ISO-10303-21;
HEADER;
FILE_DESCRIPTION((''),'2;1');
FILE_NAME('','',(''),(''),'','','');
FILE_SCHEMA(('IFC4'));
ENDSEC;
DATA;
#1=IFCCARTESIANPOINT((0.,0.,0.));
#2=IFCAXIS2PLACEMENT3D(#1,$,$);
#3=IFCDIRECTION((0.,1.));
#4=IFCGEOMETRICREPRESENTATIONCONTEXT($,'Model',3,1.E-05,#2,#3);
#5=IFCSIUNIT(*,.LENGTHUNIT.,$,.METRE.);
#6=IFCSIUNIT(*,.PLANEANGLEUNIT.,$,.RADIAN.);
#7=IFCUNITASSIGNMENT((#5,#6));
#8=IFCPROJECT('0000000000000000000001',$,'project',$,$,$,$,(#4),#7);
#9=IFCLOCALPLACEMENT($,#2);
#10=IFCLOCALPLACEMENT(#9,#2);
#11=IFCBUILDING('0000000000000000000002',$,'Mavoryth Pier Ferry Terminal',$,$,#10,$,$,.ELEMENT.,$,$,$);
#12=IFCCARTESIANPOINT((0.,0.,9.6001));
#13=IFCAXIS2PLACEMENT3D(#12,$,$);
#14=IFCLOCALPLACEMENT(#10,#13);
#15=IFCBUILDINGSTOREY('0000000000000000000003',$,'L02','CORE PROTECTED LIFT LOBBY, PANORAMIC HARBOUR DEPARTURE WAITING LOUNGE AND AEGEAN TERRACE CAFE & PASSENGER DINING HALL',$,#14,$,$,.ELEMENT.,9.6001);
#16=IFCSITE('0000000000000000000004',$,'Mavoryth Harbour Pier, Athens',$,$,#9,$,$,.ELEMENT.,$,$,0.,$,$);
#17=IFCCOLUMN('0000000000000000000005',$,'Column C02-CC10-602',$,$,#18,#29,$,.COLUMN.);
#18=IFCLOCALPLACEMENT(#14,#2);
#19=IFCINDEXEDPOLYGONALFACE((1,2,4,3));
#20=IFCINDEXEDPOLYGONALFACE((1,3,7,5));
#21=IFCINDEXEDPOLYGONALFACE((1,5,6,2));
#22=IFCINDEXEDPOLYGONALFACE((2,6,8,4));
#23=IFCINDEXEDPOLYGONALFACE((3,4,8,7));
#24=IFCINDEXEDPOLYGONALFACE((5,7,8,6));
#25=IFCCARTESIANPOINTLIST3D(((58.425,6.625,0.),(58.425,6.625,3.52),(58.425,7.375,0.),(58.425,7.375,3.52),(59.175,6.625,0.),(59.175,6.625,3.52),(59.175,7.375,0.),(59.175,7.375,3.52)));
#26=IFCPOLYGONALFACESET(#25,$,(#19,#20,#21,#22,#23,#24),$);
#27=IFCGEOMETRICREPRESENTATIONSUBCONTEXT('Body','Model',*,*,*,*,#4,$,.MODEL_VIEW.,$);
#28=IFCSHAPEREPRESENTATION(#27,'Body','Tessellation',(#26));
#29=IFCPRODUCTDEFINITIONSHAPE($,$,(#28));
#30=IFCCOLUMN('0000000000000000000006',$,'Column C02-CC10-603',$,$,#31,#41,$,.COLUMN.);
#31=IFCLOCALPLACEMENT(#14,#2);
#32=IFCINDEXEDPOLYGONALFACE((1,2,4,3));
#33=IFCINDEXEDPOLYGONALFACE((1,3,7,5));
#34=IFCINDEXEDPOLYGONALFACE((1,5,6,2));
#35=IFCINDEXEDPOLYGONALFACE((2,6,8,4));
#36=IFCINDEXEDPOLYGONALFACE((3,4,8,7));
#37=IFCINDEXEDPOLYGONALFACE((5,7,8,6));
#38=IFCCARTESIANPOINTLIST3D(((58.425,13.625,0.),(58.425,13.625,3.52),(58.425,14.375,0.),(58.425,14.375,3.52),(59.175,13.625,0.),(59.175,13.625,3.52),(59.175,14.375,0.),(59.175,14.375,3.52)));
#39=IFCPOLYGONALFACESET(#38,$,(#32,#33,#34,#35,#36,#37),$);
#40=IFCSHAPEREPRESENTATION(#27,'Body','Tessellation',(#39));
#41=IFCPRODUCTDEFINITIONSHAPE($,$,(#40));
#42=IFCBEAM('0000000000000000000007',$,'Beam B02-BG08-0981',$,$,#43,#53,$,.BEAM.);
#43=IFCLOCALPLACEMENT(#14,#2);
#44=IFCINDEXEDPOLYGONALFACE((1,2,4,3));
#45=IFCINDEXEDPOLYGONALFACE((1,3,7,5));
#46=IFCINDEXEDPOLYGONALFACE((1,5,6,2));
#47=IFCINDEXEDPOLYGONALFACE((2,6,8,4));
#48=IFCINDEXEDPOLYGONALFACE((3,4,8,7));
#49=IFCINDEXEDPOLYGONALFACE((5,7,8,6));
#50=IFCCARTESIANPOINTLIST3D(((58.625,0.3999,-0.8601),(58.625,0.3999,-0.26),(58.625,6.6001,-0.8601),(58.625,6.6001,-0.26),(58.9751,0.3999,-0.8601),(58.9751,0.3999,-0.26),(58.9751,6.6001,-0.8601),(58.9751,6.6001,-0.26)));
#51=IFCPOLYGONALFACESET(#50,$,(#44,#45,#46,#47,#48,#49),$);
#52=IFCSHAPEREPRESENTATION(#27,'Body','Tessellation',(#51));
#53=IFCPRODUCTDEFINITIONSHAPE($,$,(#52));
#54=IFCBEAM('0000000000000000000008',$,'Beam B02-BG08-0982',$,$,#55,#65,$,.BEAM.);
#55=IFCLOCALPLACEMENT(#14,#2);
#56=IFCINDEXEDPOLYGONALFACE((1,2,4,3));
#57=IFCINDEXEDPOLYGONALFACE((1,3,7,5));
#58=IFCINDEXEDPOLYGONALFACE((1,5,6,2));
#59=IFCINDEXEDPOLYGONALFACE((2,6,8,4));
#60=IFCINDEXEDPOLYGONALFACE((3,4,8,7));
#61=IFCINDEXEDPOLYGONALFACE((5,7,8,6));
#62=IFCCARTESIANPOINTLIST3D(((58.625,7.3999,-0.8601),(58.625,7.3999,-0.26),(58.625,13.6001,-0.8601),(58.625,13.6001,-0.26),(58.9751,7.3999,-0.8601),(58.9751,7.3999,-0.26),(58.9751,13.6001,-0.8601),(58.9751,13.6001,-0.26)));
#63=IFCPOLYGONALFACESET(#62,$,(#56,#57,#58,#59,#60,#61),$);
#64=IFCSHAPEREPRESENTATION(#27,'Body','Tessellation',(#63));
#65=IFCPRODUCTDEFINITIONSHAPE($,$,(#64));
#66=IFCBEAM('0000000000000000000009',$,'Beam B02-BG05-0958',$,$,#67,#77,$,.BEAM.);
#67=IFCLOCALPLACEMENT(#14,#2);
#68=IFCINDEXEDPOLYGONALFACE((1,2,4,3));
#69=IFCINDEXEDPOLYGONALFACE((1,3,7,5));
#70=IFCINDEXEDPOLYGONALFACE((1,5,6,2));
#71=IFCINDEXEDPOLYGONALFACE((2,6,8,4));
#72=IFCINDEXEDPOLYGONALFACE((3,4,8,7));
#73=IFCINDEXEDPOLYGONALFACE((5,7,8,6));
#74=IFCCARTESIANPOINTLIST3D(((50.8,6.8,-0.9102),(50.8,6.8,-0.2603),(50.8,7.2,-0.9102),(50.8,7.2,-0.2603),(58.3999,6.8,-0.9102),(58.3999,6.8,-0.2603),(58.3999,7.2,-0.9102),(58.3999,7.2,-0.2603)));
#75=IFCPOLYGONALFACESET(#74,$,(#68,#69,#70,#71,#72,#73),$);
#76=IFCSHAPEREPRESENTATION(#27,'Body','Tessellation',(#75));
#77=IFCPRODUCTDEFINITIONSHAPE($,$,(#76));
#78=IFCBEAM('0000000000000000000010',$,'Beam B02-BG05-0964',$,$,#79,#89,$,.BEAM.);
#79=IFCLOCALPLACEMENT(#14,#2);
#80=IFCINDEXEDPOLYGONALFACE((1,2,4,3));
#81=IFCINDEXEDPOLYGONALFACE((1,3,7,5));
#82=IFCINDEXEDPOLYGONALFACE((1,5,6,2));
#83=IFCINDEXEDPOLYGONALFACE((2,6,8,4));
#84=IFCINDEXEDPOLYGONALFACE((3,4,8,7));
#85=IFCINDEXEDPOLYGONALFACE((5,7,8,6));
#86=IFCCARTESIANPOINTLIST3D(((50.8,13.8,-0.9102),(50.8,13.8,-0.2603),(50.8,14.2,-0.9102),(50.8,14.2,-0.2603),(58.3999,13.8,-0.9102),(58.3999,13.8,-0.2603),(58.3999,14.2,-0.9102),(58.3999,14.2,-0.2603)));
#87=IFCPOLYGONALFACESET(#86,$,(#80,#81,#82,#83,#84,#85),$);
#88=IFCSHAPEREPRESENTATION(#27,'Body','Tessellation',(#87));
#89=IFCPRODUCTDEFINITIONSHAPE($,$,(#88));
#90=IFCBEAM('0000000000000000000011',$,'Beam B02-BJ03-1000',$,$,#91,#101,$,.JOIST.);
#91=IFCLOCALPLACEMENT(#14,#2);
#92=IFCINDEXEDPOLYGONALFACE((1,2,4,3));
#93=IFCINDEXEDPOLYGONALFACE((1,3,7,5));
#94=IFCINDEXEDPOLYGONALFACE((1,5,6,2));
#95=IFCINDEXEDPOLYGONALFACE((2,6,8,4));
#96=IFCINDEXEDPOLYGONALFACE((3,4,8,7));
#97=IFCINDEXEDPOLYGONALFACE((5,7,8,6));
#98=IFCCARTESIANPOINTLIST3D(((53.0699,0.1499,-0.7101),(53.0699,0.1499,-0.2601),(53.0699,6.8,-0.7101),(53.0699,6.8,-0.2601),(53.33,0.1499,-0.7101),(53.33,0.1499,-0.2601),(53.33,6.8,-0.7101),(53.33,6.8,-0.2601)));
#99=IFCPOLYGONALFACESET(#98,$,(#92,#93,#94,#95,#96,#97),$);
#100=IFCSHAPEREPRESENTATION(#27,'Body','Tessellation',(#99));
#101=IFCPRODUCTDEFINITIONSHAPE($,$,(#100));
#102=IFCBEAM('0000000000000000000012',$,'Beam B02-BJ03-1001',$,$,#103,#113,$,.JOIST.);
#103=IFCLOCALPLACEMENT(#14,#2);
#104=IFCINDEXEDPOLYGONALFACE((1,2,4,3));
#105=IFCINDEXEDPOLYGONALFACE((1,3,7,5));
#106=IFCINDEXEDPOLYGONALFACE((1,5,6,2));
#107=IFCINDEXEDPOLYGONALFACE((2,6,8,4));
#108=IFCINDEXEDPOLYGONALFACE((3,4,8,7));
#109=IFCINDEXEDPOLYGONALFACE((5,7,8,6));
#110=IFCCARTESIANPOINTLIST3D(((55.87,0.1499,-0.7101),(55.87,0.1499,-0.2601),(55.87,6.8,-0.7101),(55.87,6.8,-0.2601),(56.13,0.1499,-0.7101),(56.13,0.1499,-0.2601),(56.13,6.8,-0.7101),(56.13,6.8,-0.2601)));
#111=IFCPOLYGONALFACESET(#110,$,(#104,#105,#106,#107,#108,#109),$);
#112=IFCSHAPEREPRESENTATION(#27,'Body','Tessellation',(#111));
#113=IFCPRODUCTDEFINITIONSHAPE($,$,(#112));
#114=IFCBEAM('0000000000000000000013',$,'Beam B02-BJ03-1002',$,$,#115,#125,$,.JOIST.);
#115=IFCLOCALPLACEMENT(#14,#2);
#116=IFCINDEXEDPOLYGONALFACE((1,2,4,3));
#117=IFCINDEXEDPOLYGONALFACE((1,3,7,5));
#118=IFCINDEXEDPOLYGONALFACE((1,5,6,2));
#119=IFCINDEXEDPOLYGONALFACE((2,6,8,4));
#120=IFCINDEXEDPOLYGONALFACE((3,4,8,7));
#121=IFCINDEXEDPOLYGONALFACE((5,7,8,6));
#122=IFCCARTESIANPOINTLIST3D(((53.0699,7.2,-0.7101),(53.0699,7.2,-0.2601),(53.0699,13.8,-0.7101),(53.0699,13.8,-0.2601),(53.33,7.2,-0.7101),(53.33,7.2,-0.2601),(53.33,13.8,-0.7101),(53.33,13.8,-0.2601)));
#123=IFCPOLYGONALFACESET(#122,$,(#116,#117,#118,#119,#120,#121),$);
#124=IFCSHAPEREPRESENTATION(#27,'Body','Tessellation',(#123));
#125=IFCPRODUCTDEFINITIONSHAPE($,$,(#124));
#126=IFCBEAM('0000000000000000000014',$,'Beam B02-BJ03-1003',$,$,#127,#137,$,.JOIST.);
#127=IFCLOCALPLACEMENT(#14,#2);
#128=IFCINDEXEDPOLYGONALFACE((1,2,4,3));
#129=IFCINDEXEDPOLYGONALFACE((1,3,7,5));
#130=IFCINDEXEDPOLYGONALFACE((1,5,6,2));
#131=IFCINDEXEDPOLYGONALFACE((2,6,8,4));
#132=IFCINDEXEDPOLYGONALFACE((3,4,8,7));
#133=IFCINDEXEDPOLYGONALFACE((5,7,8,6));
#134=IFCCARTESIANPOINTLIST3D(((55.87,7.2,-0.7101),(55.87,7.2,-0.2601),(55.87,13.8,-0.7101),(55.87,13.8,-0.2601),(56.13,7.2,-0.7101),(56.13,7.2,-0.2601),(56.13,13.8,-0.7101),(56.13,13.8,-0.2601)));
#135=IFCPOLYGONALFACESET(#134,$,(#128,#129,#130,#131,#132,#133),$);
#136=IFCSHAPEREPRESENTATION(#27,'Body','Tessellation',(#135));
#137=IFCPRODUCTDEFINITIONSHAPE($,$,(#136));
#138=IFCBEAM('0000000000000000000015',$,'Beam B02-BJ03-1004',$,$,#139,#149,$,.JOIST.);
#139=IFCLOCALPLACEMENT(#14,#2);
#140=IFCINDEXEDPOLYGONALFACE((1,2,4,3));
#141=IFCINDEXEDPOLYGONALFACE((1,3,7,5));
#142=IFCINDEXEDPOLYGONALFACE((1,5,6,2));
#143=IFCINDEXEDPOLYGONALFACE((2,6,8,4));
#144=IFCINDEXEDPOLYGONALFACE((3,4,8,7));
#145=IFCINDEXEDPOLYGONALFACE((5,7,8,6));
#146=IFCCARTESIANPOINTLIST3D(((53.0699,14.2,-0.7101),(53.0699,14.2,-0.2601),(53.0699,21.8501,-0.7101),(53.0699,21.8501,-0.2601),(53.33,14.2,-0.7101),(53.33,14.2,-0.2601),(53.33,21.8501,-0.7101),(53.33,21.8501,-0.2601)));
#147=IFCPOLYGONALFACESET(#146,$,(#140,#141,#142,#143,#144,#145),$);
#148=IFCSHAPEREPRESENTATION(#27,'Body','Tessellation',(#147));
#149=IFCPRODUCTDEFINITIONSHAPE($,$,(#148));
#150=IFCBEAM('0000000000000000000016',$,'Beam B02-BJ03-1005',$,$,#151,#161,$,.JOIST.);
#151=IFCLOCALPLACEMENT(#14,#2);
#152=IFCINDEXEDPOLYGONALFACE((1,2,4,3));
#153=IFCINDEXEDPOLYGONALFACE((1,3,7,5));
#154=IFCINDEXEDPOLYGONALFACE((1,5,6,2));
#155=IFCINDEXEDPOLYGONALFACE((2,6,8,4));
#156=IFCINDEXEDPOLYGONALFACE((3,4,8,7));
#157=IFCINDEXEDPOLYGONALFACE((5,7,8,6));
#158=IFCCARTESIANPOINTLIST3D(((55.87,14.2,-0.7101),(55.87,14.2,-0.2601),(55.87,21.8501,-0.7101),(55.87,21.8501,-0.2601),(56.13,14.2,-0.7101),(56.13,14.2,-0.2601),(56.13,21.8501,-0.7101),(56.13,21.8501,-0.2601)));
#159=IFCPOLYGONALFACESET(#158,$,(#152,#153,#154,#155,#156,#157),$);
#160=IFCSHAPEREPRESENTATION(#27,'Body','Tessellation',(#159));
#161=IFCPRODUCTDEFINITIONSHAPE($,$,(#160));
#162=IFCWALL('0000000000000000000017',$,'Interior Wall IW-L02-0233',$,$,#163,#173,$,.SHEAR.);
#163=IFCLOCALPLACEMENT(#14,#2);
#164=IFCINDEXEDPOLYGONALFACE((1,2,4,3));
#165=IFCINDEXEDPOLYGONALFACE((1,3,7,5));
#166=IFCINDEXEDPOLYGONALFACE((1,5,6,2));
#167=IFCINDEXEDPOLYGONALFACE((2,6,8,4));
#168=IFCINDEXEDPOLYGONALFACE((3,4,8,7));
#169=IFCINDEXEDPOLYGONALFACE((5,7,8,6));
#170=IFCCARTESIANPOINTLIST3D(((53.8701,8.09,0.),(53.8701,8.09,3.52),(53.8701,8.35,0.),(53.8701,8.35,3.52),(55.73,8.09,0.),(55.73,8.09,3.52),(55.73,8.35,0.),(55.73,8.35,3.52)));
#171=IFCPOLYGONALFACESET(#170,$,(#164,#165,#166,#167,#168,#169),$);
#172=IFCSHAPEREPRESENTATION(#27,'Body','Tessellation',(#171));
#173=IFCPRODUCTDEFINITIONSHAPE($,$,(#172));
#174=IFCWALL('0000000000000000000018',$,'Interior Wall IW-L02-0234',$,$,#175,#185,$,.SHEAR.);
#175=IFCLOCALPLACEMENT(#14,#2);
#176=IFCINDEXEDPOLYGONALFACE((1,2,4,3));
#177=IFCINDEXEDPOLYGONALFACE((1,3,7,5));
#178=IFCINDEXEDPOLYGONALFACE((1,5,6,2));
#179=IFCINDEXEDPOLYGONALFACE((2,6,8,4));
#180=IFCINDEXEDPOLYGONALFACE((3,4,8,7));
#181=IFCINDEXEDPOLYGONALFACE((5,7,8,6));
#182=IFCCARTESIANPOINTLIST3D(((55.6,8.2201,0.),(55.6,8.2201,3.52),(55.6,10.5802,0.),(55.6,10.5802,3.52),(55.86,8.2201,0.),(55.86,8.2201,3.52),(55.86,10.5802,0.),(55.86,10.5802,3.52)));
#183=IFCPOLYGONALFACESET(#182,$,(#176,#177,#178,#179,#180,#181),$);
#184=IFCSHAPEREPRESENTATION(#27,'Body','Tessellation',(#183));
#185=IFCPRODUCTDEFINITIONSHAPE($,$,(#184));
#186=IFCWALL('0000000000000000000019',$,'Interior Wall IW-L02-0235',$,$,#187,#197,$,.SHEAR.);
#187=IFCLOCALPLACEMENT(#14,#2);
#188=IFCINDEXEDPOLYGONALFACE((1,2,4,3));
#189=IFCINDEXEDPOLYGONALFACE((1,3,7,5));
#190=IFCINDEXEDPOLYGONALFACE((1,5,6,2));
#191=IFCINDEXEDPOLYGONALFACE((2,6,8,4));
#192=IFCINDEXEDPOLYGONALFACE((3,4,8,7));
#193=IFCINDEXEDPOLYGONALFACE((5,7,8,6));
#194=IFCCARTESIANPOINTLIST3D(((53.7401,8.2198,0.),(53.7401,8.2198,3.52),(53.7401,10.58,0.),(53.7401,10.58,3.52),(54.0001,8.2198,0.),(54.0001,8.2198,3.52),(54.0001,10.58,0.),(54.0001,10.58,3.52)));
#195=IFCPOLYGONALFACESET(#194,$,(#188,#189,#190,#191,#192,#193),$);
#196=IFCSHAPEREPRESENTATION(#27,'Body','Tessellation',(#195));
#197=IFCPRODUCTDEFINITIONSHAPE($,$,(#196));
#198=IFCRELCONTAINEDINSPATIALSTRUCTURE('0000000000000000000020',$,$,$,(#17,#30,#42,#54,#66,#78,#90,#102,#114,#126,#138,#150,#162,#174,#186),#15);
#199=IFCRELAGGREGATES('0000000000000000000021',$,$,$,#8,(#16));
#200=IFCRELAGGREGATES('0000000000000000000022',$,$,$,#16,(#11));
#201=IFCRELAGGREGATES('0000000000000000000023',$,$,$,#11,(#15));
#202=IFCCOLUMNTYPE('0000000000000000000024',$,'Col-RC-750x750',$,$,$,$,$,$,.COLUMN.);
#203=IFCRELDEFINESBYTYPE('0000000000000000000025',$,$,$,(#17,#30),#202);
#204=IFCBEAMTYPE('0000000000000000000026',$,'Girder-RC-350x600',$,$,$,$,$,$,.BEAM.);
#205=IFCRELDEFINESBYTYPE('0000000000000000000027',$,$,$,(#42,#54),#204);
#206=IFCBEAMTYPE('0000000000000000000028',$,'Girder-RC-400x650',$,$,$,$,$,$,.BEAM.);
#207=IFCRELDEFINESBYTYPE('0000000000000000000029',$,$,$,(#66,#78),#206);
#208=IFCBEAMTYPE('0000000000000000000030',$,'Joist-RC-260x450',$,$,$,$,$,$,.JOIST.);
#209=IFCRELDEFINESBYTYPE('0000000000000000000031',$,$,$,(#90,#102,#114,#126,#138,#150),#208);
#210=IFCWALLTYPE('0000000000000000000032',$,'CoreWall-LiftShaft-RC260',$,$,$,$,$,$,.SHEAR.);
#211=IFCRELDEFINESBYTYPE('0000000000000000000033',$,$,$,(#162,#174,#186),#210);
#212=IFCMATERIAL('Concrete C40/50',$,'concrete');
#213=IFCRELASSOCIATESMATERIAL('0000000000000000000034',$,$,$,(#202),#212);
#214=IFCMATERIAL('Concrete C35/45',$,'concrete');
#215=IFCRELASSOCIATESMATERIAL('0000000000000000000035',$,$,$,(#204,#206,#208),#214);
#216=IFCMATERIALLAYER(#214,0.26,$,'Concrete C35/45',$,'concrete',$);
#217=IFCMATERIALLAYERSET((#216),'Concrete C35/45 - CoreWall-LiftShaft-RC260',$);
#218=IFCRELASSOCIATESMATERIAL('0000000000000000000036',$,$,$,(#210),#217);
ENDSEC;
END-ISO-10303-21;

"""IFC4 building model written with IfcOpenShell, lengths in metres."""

from ifc_helpers import new_model, si_unit, direction, frame, frame_2d, origin, origin_2d, place, context, subcontext, project, spatial, rectangle, extrude, material, layer, layer_set, material_profile, profile_set, type_object, element, save


model = new_model("IFC4")

# Units and contexts
model_context = context("Model", 3, precision=1e-05, world=origin(), true_north=direction((0.0, 1.0)))
body_context = subcontext(model_context, "Body", "Model", "MODEL_VIEW")
ifc_project = project(units=[si_unit("LENGTHUNIT", "METRE"), si_unit("PLANEANGLEUNIT", "RADIAN")], contexts=[model_context])

# Site, building, storey
site_placement = place(None, origin())
site = spatial("IfcSite", under=ifc_project, at=site_placement, Name="Mavoryth Harbour Pier, Athens", CompositionType="ELEMENT", RefElevation=0.0)
building_placement = place(site_placement, origin())
building = spatial("IfcBuilding", under=site, at=building_placement, Name="Mavoryth Pier Ferry Terminal", CompositionType="ELEMENT")
storey_placement = place(building_placement, frame((0.0, 0.0, 9.6001)))
storey = spatial("IfcBuildingStorey", under=building, at=storey_placement, Name="L02", Description="CORE PROTECTED LIFT LOBBY, PANORAMIC HARBOUR DEPARTURE WAITING LOUNGE AND AEGEAN TERRACE CAFE & PASSENGER DINING HALL", CompositionType="ELEMENT", Elevation=9.6001)

# Columns
ifc_material_1 = material(Name="Concrete C40/50", Category="concrete")
ifc_material_profile_1 = material_profile(ifc_material_1, rectangle(XDim=0.75, YDim=0.75, at=origin_2d()), Name="RC 750x750", Category="concrete")
ifc_profile_set_1 = profile_set([ifc_material_profile_1], Name="Concrete C40/50 - RC 750x750")
column_type = type_object("IfcColumnType", Name="Col-RC-750x750", PredefinedType="COLUMN", material=ifc_profile_set_1)
for number, where, z_axis, x_axis, name in (
    (1, (58.8, 7.0, 0.0), (0.0, 0.0, 1.0), (1.0, 0.0, 0.0), "Column C02-CC10-602"),
    (2, (58.8, 14.0, 0.0), (0.0, 0.0, 1.0), (1.0, 0.0, 0.0), "Column C02-CC10-603"),
):
    element("IfcColumn", number, at=place(storey_placement, frame(where, z_axis=z_axis, x_axis=x_axis)), inside=storey, type_object=column_type, Name=name, PredefinedType="COLUMN", context=body_context, shape_type="SweptSolid", body=[
        extrude(rectangle(XDim=0.75, YDim=0.75, at=origin_2d()), origin(), (0.0, 0.0, 1.0), 3.52),
    ])

# Beams
ifc_material_2 = material(Name="Concrete C35/45", Category="concrete")
ifc_material_profile_2 = material_profile(ifc_material_2, rectangle(XDim=0.3501, YDim=0.6001, at=origin_2d()), Name="RC 350x600", Category="concrete")
ifc_profile_set_2 = profile_set([ifc_material_profile_2], Name="Concrete C35/45 - RC 350x600")
beam_type_1 = type_object("IfcBeamType", Name="Girder-RC-350x600", PredefinedType="BEAM", material=ifc_profile_set_2)
for number, where, z_axis, x_axis, name in (
    (3, (58.8, 0.3999, -0.5601), (0.0, 1.0, 0.0), (-1.0, 0.0, 0.0), "Beam B02-BG08-0981"),
    (4, (58.8, 7.3999, -0.5601), (0.0, 1.0, 0.0), (-1.0, 0.0, 0.0), "Beam B02-BG08-0982"),
):
    element("IfcBeam", number, at=place(storey_placement, frame(where, z_axis=z_axis, x_axis=x_axis)), inside=storey, type_object=beam_type_1, Name=name, PredefinedType="BEAM", context=body_context, shape_type="SweptSolid", body=[
        extrude(rectangle(XDim=0.3501, YDim=0.6001, at=origin_2d()), origin(), (0.0, 0.0, 1.0), 6.2002),
    ])
ifc_material_profile_3 = material_profile(ifc_material_2, rectangle(XDim=0.3999, YDim=0.6499, at=origin_2d()), Name="RC 400x650", Category="concrete")
ifc_profile_set_3 = profile_set([ifc_material_profile_3], Name="Concrete C35/45 - RC 400x650")
beam_type_2 = type_object("IfcBeamType", Name="Girder-RC-400x650", PredefinedType="BEAM", material=ifc_profile_set_3)
for number, where, z_axis, x_axis, name in (
    (5, (50.8, 7.0, -0.5852), (1.0, 0.0, 0.0), (0.0, 1.0, 0.0), "Beam B02-BG05-0958"),
    (6, (50.8, 14.0, -0.5852), (1.0, 0.0, 0.0), (0.0, 1.0, 0.0), "Beam B02-BG05-0964"),
):
    element("IfcBeam", number, at=place(storey_placement, frame(where, z_axis=z_axis, x_axis=x_axis)), inside=storey, type_object=beam_type_2, Name=name, PredefinedType="BEAM", context=body_context, shape_type="SweptSolid", body=[
        extrude(rectangle(XDim=0.3999, YDim=0.6499, at=origin_2d()), origin(), (0.0, 0.0, 1.0), 7.5999),
    ])
ifc_material_profile_4 = material_profile(ifc_material_2, rectangle(XDim=0.26, YDim=0.45, at=origin_2d()), Name="RC 260x450", Category="concrete")
ifc_profile_set_4 = profile_set([ifc_material_profile_4], Name="Concrete C35/45 - RC 260x450")
beam_type_3 = type_object("IfcBeamType", Name="Joist-RC-260x450", PredefinedType="JOIST", material=ifc_profile_set_4)
for number, where, z_axis, x_axis, name in (
    (7, (53.2, 0.1499, -0.4851), (0.0, 1.0, 0.0), (-1.0, 0.0, 0.0), "Beam B02-BJ03-1000"),
    (8, (56.0, 0.1499, -0.4851), (0.0, 1.0, 0.0), (-1.0, 0.0, 0.0), "Beam B02-BJ03-1001"),
):
    element("IfcBeam", number, at=place(storey_placement, frame(where, z_axis=z_axis, x_axis=x_axis)), inside=storey, type_object=beam_type_3, Name=name, PredefinedType="JOIST", context=body_context, shape_type="SweptSolid", body=[
        extrude(rectangle(XDim=0.26, YDim=0.45, at=origin_2d()), origin(), (0.0, 0.0, 1.0), 6.6501),
    ])
for number, where, z_axis, x_axis, name in (
    (9, (53.2, 7.2, -0.4851), (0.0, 1.0, 0.0), (-1.0, 0.0, 0.0), "Beam B02-BJ03-1002"),
    (10, (56.0, 7.2, -0.4851), (0.0, 1.0, 0.0), (-1.0, 0.0, 0.0), "Beam B02-BJ03-1003"),
):
    element("IfcBeam", number, at=place(storey_placement, frame(where, z_axis=z_axis, x_axis=x_axis)), inside=storey, type_object=beam_type_3, Name=name, PredefinedType="JOIST", context=body_context, shape_type="SweptSolid", body=[
        extrude(rectangle(XDim=0.26, YDim=0.45, at=origin_2d()), origin(), (0.0, 0.0, 1.0), 6.6001),
    ])
for number, where, z_axis, x_axis, name in (
    (11, (53.2, 14.2, -0.4851), (0.0, 1.0, 0.0), (-1.0, 0.0, 0.0), "Beam B02-BJ03-1004"),
    (12, (56.0, 14.2, -0.4851), (0.0, 1.0, 0.0), (-1.0, 0.0, 0.0), "Beam B02-BJ03-1005"),
):
    element("IfcBeam", number, at=place(storey_placement, frame(where, z_axis=z_axis, x_axis=x_axis)), inside=storey, type_object=beam_type_3, Name=name, PredefinedType="JOIST", context=body_context, shape_type="SweptSolid", body=[
        extrude(rectangle(XDim=0.26, YDim=0.45, at=origin_2d()), origin(), (0.0, 0.0, 1.0), 7.6501),
    ])

# Walls
ifc_layer_1 = layer(ifc_material_2, 0.26, Name="Concrete C35/45", Category="concrete")
ifc_layer_set_1 = layer_set([ifc_layer_1], Name="Concrete C35/45 - CoreWall-LiftShaft-RC260")
wall_type_1 = type_object("IfcWallType", Name="CoreWall-LiftShaft-RC260", PredefinedType="SHEAR", material=ifc_layer_set_1)
wall_1_placement = place(storey_placement, frame((53.8701, 8.22, 0.0), z_axis=(0.0, 0.0, 1.0), x_axis=(1.0, 0.0, 0.0)))
element("IfcWall", 13, at=wall_1_placement, inside=storey, type_object=wall_type_1, Name="Interior Wall IW-L02-0233", PredefinedType="SHEAR", context=body_context, shape_type="SweptSolid", body=[
    extrude(rectangle(XDim=1.8599, YDim=0.26, at=frame_2d((0.9299, 0.0))), origin(), (0.0, 0.0, 1.0), 3.52),
])
for number, where, z_axis, x_axis, name in (
    (14, (55.73, 8.22, 0.0), (0.0, 0.0, 1.0), (0.0, 1.0, 0.0), "Interior Wall IW-L02-0234"),
    (15, (53.8701, 10.5801, 0.0), (0.0, 0.0, 1.0), (0.0, -1.0, 0.0), "Interior Wall IW-L02-0235"),
):
    element("IfcWall", number, at=place(storey_placement, frame(where, z_axis=z_axis, x_axis=x_axis)), inside=storey, type_object=wall_type_1, Name=name, PredefinedType="SHEAR", context=body_context, shape_type="SweptSolid", body=[
        extrude(rectangle(XDim=2.3601, YDim=0.26, at=frame_2d((1.1802, 0.0))), origin(), (0.0, 0.0, 1.0), 3.52),
    ])

save(model, "model.ifc")
